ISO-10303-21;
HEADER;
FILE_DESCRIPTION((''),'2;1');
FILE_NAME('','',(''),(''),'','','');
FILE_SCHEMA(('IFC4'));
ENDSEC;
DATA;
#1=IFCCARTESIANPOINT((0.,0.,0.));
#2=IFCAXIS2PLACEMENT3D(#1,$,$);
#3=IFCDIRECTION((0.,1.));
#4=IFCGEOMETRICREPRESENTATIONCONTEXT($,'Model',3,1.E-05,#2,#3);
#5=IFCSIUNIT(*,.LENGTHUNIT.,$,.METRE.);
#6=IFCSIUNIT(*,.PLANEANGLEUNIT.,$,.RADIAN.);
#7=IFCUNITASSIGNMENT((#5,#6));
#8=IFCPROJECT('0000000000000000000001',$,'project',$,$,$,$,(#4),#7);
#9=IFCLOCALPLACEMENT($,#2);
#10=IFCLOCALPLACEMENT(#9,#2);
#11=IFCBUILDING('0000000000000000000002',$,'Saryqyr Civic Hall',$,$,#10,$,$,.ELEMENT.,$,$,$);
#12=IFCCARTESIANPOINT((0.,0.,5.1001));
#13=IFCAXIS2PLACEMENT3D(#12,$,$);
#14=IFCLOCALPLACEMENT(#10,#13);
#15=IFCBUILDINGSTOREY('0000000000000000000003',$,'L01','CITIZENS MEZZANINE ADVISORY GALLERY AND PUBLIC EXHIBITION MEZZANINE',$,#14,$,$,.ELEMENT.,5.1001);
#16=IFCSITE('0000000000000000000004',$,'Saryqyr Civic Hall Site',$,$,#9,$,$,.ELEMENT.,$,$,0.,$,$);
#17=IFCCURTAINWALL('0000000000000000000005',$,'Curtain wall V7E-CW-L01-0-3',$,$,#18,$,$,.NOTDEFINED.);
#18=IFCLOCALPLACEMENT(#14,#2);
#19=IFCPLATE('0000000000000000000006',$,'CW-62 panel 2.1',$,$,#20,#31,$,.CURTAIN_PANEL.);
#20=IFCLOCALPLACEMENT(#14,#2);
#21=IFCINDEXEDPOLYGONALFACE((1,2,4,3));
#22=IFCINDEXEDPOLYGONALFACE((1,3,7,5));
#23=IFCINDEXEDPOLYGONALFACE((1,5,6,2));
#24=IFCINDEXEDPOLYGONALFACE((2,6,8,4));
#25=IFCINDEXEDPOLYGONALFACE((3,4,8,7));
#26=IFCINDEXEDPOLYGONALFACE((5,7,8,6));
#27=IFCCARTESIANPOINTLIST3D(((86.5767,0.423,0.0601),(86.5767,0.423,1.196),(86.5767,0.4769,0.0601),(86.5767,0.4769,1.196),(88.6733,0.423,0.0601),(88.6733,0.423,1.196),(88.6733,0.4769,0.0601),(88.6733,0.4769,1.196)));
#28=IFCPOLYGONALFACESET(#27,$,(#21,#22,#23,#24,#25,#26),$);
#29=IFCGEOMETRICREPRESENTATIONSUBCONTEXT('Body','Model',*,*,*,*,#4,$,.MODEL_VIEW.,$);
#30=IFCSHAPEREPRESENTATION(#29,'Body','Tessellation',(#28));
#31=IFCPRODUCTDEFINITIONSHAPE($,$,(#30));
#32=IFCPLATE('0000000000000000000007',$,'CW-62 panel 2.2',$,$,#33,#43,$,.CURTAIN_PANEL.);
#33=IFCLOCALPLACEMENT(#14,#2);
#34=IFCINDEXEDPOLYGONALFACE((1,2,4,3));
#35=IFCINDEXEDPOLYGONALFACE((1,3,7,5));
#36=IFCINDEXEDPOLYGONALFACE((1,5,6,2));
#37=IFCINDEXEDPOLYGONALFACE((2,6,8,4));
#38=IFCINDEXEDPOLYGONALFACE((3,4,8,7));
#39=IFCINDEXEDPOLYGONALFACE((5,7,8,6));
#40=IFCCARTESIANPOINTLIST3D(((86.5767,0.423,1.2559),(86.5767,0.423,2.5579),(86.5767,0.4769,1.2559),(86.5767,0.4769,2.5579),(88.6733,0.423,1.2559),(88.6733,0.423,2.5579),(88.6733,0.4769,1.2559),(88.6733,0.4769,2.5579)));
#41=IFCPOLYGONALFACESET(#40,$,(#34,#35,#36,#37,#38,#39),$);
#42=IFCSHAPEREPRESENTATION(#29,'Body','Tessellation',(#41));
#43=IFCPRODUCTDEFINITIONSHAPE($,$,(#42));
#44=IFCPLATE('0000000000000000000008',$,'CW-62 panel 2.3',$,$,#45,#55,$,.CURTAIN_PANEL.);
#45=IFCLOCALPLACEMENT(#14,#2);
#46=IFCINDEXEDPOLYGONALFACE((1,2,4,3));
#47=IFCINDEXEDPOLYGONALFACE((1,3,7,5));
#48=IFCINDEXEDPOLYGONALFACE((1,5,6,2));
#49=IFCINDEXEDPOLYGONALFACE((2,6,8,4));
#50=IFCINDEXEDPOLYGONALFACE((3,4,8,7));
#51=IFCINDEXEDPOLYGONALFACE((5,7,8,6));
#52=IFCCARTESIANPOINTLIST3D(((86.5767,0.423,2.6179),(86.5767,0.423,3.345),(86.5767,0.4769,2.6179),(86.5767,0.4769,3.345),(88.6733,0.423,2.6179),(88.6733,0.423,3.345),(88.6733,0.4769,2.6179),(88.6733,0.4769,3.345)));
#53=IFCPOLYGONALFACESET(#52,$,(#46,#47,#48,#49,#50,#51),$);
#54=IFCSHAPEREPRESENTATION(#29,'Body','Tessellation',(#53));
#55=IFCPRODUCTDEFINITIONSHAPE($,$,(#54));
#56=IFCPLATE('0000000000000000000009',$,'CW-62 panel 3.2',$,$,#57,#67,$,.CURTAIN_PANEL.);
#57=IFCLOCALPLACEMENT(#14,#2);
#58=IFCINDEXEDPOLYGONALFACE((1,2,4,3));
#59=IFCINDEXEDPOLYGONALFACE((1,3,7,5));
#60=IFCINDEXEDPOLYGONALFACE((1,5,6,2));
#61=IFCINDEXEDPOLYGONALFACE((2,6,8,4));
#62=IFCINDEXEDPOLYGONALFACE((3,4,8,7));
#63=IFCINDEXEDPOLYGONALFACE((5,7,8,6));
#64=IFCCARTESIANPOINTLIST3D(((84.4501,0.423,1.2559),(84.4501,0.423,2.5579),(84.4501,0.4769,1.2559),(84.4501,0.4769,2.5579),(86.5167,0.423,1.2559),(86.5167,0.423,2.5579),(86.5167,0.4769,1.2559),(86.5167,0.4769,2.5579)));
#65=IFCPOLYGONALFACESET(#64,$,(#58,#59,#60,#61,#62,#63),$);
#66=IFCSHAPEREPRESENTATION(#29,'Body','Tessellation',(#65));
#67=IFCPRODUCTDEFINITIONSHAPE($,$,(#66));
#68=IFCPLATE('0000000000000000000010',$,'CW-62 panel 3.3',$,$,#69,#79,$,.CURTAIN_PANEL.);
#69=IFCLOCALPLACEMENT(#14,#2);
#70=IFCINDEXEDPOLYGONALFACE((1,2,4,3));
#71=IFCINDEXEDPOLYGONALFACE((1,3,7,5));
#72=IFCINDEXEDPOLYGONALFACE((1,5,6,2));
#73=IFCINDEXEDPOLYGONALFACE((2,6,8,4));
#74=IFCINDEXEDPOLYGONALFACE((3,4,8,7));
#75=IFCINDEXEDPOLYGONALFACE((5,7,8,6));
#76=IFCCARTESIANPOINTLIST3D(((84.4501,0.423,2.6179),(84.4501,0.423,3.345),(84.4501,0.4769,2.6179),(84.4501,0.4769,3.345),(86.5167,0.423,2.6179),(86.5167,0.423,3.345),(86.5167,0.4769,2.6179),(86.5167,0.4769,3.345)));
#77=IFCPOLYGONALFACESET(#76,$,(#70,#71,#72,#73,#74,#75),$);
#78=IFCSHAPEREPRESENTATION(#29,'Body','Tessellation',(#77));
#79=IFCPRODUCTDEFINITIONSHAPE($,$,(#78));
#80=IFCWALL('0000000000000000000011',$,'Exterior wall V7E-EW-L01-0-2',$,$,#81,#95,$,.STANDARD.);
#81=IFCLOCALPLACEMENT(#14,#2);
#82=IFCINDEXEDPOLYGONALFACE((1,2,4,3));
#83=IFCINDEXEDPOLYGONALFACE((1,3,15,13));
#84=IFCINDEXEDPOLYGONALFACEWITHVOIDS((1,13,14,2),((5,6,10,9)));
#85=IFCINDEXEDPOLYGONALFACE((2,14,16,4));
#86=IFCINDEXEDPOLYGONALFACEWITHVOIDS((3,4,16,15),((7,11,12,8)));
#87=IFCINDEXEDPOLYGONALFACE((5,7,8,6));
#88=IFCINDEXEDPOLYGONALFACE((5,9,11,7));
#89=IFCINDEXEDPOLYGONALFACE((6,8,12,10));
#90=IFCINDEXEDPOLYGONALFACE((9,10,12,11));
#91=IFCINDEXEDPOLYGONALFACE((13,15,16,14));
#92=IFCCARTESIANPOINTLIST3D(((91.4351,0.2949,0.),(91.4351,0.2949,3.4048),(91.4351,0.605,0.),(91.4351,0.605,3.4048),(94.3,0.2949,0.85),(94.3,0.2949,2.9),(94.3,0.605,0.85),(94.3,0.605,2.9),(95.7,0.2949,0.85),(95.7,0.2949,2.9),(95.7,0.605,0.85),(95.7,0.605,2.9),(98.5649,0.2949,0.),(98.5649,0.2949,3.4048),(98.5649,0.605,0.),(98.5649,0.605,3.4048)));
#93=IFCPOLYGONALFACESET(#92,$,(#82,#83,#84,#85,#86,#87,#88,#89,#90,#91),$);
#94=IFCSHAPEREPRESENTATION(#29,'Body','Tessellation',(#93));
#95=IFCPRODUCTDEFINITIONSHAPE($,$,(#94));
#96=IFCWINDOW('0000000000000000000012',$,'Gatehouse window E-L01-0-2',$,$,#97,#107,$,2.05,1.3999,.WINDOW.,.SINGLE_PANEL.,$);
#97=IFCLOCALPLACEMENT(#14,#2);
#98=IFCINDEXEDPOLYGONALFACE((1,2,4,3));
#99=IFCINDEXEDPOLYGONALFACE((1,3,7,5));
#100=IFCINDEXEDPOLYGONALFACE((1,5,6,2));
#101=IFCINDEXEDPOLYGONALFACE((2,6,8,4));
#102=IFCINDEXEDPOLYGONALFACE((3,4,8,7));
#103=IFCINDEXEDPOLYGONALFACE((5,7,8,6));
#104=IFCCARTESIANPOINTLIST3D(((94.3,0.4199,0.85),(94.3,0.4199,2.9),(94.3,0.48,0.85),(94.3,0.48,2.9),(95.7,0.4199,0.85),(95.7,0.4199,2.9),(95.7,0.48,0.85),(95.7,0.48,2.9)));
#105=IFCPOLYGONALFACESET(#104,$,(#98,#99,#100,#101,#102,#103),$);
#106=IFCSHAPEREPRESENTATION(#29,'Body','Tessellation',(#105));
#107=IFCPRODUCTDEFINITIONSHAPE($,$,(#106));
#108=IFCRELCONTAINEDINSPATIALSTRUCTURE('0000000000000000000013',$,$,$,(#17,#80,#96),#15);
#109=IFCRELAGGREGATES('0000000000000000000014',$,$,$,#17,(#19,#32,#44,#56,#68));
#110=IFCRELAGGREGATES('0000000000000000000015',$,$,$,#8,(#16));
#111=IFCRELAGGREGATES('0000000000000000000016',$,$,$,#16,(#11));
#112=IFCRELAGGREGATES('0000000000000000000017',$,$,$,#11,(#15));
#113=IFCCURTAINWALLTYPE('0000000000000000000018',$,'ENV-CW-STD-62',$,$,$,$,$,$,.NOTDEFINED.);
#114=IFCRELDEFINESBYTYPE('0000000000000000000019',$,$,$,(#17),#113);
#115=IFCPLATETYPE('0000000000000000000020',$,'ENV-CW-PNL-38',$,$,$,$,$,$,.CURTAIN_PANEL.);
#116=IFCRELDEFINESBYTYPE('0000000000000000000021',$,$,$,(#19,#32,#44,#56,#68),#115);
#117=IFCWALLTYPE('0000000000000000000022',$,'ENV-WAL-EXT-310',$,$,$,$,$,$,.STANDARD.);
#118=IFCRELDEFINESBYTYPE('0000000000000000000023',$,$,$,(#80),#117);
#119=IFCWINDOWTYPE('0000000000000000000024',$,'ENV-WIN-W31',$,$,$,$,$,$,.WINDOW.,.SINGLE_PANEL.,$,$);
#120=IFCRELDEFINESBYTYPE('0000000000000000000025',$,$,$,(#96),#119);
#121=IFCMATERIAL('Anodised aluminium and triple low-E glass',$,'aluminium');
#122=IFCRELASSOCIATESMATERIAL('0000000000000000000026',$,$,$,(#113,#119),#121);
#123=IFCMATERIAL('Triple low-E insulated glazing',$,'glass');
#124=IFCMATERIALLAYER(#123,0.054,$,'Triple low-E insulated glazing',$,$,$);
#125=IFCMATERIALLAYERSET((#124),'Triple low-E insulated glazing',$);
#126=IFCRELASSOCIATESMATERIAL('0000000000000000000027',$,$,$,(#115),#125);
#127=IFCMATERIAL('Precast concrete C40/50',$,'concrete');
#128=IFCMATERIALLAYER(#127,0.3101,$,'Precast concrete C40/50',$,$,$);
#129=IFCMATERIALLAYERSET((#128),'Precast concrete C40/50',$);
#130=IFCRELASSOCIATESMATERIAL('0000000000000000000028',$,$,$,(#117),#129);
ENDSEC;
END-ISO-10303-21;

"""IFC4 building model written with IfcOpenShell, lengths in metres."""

from ifc_helpers import new_model, si_unit, direction, frame, frame_2d, origin, origin_2d, place, context, subcontext, project, spatial, rectangle, extrude, material, layer, layer_set, type_object, element, fill, aggregate, save


model = new_model("IFC4")

# Units and contexts
model_context = context("Model", 3, precision=1e-05, world=origin(), true_north=direction((0.0, 1.0)))
body_context = subcontext(model_context, "Body", "Model", "MODEL_VIEW")
ifc_project = project(units=[si_unit("LENGTHUNIT", "METRE"), si_unit("PLANEANGLEUNIT", "RADIAN")], contexts=[model_context])

# Site, building, storey
site_placement = place(None, origin())
site = spatial("IfcSite", under=ifc_project, at=site_placement, Name="Saryqyr Civic Hall Site", CompositionType="ELEMENT", RefElevation=0.0)
building_placement = place(site_placement, origin())
building = spatial("IfcBuilding", under=site, at=building_placement, Name="Saryqyr Civic Hall", CompositionType="ELEMENT")
storey_placement = place(building_placement, frame((0.0, 0.0, 5.1001)))
storey = spatial("IfcBuildingStorey", under=building, at=storey_placement, Name="L01", Description="CITIZENS MEZZANINE ADVISORY GALLERY AND PUBLIC EXHIBITION MEZZANINE", CompositionType="ELEMENT", Elevation=5.1001)

# Shared definitions
ifc_material_1 = material(Name="Anodised aluminium and triple low-E glass", Category="aluminium")

# Curtain wall
curtain_wall_type_1 = type_object("IfcCurtainWallType", Name="ENV-CW-STD-62", PredefinedType="NOTDEFINED", material=ifc_material_1)
curtain_wall_1_placement = place(storey_placement, origin())
curtain_wall_1 = element("IfcCurtainWall", 1, at=curtain_wall_1_placement, inside=storey, type_object=curtain_wall_type_1, Name="Curtain wall V7E-CW-L01-0-3", PredefinedType="NOTDEFINED")

# Plates
ifc_material_2 = material(Name="Triple low-E insulated glazing", Category="glass")
ifc_layer_1 = layer(ifc_material_2, 0.054, Name="Triple low-E insulated glazing")
ifc_layer_set_1 = layer_set([ifc_layer_1], Name="Triple low-E insulated glazing")
plate_type = type_object("IfcPlateType", Name="ENV-CW-PNL-38", PredefinedType="CURTAIN_PANEL", material=ifc_layer_set_1)
plate_1_placement = place(storey_placement, frame((87.625, 0.45, 0.0601), z_axis=(0.0, 0.0, 1.0), x_axis=(-1.0, 0.0, 0.0)))
plate_1 = element("IfcPlate", 2, at=plate_1_placement, type_object=plate_type, Name="CW-62 panel 2.1", PredefinedType="CURTAIN_PANEL", context=body_context, shape_type="SweptSolid", body=[
    extrude(rectangle(XDim=2.0967, YDim=0.054, at=origin_2d()), origin(), (0.0, 0.0, 1.0), 1.136),
])
plate_2_placement = place(storey_placement, frame((87.625, 0.45, 1.2559), z_axis=(0.0, 0.0, 1.0), x_axis=(-1.0, 0.0, 0.0)))
plate_2 = element("IfcPlate", 3, at=plate_2_placement, type_object=plate_type, Name="CW-62 panel 2.2", PredefinedType="CURTAIN_PANEL", context=body_context, shape_type="SweptSolid", body=[
    extrude(rectangle(XDim=2.0967, YDim=0.054, at=origin_2d()), origin(), (0.0, 0.0, 1.0), 1.302),
])
plate_3_placement = place(storey_placement, frame((87.625, 0.45, 2.6179), z_axis=(0.0, 0.0, 1.0), x_axis=(-1.0, 0.0, 0.0)))
plate_3 = element("IfcPlate", 4, at=plate_3_placement, type_object=plate_type, Name="CW-62 panel 2.3", PredefinedType="CURTAIN_PANEL", context=body_context, shape_type="SweptSolid", body=[
    extrude(rectangle(XDim=2.0967, YDim=0.054, at=origin_2d()), origin(), (0.0, 0.0, 1.0), 0.7271),
])
plate_4_placement = place(storey_placement, frame((85.4834, 0.45, 1.2559), z_axis=(0.0, 0.0, 1.0), x_axis=(-1.0, 0.0, 0.0)))
plate_4 = element("IfcPlate", 5, at=plate_4_placement, type_object=plate_type, Name="CW-62 panel 3.2", PredefinedType="CURTAIN_PANEL", context=body_context, shape_type="SweptSolid", body=[
    extrude(rectangle(XDim=2.0667, YDim=0.054, at=origin_2d()), origin(), (0.0, 0.0, 1.0), 1.302),
])
plate_5_placement = place(storey_placement, frame((85.4834, 0.45, 2.6179), z_axis=(0.0, 0.0, 1.0), x_axis=(-1.0, 0.0, 0.0)))
plate_5 = element("IfcPlate", 6, at=plate_5_placement, type_object=plate_type, Name="CW-62 panel 3.3", PredefinedType="CURTAIN_PANEL", context=body_context, shape_type="SweptSolid", body=[
    extrude(rectangle(XDim=2.0667, YDim=0.054, at=origin_2d()), origin(), (0.0, 0.0, 1.0), 0.7271),
])
aggregate(curtain_wall_1, [plate_1, plate_2, plate_3, plate_4, plate_5])

# Wall, opening, window
ifc_material_3 = material(Name="Precast concrete C40/50", Category="concrete")
ifc_layer_2 = layer(ifc_material_3, 0.3101, Name="Precast concrete C40/50")
ifc_layer_set_2 = layer_set([ifc_layer_2], Name="Precast concrete C40/50")
wall_type = type_object("IfcWallType", Name="ENV-WAL-EXT-310", PredefinedType="STANDARD", material=ifc_layer_set_2)
wall_placement = place(storey_placement, frame((98.5649, 0.45, 0.0), z_axis=(0.0, 0.0, 1.0), x_axis=(-1.0, 0.0, 0.0)))
wall = element("IfcWall", 7, at=wall_placement, inside=storey, type_object=wall_type, Name="Exterior wall V7E-EW-L01-0-2", PredefinedType="STANDARD", context=body_context, shape_type="SweptSolid", body=[
    extrude(rectangle(XDim=7.1299, YDim=0.3101, at=frame_2d((3.5649, 0.0))), origin(), (0.0, 0.0, 1.0), 3.4048),
])
opening_placement = place(wall_placement, frame((2.865, 0.0, 0.8501)))
opening = element("IfcOpeningElement", 8, at=opening_placement, cuts=wall, PredefinedType="OPENING", context=body_context, shape_type="SweptSolid", body=[
    extrude(rectangle(XDim=1.3999, YDim=2.05, at=frame_2d((0.7, 1.0249))), frame((0.0, 0.165, 0.0), z_axis=(0.0, -1.0, 0.0), x_axis=(1.0, 0.0, 0.0)), (0.0, 0.0, 1.0), 0.3301),
])
window_type = type_object("IfcWindowType", Name="ENV-WIN-W31", PartitioningType="SINGLE_PANEL", PredefinedType="WINDOW", material=ifc_material_1)
window_placement = place(opening_placement, origin())
window = element("IfcWindow", 9, at=window_placement, inside=storey, type_object=window_type, Name="Gatehouse window E-L01-0-2", OverallHeight=2.05, OverallWidth=1.3999, PartitioningType="SINGLE_PANEL", PredefinedType="WINDOW", context=body_context, shape_type="SweptSolid", body=[
    extrude(rectangle(XDim=1.3999, YDim=2.05, at=frame_2d((0.7, 1.0249))), frame((0.0, 0.03, 0.0), z_axis=(0.0, -1.0, 0.0), x_axis=(1.0, 0.0, 0.0)), (0.0, 0.0, 1.0), 0.0601),
])
fill(opening, window)

save(model, "model.ifc")
